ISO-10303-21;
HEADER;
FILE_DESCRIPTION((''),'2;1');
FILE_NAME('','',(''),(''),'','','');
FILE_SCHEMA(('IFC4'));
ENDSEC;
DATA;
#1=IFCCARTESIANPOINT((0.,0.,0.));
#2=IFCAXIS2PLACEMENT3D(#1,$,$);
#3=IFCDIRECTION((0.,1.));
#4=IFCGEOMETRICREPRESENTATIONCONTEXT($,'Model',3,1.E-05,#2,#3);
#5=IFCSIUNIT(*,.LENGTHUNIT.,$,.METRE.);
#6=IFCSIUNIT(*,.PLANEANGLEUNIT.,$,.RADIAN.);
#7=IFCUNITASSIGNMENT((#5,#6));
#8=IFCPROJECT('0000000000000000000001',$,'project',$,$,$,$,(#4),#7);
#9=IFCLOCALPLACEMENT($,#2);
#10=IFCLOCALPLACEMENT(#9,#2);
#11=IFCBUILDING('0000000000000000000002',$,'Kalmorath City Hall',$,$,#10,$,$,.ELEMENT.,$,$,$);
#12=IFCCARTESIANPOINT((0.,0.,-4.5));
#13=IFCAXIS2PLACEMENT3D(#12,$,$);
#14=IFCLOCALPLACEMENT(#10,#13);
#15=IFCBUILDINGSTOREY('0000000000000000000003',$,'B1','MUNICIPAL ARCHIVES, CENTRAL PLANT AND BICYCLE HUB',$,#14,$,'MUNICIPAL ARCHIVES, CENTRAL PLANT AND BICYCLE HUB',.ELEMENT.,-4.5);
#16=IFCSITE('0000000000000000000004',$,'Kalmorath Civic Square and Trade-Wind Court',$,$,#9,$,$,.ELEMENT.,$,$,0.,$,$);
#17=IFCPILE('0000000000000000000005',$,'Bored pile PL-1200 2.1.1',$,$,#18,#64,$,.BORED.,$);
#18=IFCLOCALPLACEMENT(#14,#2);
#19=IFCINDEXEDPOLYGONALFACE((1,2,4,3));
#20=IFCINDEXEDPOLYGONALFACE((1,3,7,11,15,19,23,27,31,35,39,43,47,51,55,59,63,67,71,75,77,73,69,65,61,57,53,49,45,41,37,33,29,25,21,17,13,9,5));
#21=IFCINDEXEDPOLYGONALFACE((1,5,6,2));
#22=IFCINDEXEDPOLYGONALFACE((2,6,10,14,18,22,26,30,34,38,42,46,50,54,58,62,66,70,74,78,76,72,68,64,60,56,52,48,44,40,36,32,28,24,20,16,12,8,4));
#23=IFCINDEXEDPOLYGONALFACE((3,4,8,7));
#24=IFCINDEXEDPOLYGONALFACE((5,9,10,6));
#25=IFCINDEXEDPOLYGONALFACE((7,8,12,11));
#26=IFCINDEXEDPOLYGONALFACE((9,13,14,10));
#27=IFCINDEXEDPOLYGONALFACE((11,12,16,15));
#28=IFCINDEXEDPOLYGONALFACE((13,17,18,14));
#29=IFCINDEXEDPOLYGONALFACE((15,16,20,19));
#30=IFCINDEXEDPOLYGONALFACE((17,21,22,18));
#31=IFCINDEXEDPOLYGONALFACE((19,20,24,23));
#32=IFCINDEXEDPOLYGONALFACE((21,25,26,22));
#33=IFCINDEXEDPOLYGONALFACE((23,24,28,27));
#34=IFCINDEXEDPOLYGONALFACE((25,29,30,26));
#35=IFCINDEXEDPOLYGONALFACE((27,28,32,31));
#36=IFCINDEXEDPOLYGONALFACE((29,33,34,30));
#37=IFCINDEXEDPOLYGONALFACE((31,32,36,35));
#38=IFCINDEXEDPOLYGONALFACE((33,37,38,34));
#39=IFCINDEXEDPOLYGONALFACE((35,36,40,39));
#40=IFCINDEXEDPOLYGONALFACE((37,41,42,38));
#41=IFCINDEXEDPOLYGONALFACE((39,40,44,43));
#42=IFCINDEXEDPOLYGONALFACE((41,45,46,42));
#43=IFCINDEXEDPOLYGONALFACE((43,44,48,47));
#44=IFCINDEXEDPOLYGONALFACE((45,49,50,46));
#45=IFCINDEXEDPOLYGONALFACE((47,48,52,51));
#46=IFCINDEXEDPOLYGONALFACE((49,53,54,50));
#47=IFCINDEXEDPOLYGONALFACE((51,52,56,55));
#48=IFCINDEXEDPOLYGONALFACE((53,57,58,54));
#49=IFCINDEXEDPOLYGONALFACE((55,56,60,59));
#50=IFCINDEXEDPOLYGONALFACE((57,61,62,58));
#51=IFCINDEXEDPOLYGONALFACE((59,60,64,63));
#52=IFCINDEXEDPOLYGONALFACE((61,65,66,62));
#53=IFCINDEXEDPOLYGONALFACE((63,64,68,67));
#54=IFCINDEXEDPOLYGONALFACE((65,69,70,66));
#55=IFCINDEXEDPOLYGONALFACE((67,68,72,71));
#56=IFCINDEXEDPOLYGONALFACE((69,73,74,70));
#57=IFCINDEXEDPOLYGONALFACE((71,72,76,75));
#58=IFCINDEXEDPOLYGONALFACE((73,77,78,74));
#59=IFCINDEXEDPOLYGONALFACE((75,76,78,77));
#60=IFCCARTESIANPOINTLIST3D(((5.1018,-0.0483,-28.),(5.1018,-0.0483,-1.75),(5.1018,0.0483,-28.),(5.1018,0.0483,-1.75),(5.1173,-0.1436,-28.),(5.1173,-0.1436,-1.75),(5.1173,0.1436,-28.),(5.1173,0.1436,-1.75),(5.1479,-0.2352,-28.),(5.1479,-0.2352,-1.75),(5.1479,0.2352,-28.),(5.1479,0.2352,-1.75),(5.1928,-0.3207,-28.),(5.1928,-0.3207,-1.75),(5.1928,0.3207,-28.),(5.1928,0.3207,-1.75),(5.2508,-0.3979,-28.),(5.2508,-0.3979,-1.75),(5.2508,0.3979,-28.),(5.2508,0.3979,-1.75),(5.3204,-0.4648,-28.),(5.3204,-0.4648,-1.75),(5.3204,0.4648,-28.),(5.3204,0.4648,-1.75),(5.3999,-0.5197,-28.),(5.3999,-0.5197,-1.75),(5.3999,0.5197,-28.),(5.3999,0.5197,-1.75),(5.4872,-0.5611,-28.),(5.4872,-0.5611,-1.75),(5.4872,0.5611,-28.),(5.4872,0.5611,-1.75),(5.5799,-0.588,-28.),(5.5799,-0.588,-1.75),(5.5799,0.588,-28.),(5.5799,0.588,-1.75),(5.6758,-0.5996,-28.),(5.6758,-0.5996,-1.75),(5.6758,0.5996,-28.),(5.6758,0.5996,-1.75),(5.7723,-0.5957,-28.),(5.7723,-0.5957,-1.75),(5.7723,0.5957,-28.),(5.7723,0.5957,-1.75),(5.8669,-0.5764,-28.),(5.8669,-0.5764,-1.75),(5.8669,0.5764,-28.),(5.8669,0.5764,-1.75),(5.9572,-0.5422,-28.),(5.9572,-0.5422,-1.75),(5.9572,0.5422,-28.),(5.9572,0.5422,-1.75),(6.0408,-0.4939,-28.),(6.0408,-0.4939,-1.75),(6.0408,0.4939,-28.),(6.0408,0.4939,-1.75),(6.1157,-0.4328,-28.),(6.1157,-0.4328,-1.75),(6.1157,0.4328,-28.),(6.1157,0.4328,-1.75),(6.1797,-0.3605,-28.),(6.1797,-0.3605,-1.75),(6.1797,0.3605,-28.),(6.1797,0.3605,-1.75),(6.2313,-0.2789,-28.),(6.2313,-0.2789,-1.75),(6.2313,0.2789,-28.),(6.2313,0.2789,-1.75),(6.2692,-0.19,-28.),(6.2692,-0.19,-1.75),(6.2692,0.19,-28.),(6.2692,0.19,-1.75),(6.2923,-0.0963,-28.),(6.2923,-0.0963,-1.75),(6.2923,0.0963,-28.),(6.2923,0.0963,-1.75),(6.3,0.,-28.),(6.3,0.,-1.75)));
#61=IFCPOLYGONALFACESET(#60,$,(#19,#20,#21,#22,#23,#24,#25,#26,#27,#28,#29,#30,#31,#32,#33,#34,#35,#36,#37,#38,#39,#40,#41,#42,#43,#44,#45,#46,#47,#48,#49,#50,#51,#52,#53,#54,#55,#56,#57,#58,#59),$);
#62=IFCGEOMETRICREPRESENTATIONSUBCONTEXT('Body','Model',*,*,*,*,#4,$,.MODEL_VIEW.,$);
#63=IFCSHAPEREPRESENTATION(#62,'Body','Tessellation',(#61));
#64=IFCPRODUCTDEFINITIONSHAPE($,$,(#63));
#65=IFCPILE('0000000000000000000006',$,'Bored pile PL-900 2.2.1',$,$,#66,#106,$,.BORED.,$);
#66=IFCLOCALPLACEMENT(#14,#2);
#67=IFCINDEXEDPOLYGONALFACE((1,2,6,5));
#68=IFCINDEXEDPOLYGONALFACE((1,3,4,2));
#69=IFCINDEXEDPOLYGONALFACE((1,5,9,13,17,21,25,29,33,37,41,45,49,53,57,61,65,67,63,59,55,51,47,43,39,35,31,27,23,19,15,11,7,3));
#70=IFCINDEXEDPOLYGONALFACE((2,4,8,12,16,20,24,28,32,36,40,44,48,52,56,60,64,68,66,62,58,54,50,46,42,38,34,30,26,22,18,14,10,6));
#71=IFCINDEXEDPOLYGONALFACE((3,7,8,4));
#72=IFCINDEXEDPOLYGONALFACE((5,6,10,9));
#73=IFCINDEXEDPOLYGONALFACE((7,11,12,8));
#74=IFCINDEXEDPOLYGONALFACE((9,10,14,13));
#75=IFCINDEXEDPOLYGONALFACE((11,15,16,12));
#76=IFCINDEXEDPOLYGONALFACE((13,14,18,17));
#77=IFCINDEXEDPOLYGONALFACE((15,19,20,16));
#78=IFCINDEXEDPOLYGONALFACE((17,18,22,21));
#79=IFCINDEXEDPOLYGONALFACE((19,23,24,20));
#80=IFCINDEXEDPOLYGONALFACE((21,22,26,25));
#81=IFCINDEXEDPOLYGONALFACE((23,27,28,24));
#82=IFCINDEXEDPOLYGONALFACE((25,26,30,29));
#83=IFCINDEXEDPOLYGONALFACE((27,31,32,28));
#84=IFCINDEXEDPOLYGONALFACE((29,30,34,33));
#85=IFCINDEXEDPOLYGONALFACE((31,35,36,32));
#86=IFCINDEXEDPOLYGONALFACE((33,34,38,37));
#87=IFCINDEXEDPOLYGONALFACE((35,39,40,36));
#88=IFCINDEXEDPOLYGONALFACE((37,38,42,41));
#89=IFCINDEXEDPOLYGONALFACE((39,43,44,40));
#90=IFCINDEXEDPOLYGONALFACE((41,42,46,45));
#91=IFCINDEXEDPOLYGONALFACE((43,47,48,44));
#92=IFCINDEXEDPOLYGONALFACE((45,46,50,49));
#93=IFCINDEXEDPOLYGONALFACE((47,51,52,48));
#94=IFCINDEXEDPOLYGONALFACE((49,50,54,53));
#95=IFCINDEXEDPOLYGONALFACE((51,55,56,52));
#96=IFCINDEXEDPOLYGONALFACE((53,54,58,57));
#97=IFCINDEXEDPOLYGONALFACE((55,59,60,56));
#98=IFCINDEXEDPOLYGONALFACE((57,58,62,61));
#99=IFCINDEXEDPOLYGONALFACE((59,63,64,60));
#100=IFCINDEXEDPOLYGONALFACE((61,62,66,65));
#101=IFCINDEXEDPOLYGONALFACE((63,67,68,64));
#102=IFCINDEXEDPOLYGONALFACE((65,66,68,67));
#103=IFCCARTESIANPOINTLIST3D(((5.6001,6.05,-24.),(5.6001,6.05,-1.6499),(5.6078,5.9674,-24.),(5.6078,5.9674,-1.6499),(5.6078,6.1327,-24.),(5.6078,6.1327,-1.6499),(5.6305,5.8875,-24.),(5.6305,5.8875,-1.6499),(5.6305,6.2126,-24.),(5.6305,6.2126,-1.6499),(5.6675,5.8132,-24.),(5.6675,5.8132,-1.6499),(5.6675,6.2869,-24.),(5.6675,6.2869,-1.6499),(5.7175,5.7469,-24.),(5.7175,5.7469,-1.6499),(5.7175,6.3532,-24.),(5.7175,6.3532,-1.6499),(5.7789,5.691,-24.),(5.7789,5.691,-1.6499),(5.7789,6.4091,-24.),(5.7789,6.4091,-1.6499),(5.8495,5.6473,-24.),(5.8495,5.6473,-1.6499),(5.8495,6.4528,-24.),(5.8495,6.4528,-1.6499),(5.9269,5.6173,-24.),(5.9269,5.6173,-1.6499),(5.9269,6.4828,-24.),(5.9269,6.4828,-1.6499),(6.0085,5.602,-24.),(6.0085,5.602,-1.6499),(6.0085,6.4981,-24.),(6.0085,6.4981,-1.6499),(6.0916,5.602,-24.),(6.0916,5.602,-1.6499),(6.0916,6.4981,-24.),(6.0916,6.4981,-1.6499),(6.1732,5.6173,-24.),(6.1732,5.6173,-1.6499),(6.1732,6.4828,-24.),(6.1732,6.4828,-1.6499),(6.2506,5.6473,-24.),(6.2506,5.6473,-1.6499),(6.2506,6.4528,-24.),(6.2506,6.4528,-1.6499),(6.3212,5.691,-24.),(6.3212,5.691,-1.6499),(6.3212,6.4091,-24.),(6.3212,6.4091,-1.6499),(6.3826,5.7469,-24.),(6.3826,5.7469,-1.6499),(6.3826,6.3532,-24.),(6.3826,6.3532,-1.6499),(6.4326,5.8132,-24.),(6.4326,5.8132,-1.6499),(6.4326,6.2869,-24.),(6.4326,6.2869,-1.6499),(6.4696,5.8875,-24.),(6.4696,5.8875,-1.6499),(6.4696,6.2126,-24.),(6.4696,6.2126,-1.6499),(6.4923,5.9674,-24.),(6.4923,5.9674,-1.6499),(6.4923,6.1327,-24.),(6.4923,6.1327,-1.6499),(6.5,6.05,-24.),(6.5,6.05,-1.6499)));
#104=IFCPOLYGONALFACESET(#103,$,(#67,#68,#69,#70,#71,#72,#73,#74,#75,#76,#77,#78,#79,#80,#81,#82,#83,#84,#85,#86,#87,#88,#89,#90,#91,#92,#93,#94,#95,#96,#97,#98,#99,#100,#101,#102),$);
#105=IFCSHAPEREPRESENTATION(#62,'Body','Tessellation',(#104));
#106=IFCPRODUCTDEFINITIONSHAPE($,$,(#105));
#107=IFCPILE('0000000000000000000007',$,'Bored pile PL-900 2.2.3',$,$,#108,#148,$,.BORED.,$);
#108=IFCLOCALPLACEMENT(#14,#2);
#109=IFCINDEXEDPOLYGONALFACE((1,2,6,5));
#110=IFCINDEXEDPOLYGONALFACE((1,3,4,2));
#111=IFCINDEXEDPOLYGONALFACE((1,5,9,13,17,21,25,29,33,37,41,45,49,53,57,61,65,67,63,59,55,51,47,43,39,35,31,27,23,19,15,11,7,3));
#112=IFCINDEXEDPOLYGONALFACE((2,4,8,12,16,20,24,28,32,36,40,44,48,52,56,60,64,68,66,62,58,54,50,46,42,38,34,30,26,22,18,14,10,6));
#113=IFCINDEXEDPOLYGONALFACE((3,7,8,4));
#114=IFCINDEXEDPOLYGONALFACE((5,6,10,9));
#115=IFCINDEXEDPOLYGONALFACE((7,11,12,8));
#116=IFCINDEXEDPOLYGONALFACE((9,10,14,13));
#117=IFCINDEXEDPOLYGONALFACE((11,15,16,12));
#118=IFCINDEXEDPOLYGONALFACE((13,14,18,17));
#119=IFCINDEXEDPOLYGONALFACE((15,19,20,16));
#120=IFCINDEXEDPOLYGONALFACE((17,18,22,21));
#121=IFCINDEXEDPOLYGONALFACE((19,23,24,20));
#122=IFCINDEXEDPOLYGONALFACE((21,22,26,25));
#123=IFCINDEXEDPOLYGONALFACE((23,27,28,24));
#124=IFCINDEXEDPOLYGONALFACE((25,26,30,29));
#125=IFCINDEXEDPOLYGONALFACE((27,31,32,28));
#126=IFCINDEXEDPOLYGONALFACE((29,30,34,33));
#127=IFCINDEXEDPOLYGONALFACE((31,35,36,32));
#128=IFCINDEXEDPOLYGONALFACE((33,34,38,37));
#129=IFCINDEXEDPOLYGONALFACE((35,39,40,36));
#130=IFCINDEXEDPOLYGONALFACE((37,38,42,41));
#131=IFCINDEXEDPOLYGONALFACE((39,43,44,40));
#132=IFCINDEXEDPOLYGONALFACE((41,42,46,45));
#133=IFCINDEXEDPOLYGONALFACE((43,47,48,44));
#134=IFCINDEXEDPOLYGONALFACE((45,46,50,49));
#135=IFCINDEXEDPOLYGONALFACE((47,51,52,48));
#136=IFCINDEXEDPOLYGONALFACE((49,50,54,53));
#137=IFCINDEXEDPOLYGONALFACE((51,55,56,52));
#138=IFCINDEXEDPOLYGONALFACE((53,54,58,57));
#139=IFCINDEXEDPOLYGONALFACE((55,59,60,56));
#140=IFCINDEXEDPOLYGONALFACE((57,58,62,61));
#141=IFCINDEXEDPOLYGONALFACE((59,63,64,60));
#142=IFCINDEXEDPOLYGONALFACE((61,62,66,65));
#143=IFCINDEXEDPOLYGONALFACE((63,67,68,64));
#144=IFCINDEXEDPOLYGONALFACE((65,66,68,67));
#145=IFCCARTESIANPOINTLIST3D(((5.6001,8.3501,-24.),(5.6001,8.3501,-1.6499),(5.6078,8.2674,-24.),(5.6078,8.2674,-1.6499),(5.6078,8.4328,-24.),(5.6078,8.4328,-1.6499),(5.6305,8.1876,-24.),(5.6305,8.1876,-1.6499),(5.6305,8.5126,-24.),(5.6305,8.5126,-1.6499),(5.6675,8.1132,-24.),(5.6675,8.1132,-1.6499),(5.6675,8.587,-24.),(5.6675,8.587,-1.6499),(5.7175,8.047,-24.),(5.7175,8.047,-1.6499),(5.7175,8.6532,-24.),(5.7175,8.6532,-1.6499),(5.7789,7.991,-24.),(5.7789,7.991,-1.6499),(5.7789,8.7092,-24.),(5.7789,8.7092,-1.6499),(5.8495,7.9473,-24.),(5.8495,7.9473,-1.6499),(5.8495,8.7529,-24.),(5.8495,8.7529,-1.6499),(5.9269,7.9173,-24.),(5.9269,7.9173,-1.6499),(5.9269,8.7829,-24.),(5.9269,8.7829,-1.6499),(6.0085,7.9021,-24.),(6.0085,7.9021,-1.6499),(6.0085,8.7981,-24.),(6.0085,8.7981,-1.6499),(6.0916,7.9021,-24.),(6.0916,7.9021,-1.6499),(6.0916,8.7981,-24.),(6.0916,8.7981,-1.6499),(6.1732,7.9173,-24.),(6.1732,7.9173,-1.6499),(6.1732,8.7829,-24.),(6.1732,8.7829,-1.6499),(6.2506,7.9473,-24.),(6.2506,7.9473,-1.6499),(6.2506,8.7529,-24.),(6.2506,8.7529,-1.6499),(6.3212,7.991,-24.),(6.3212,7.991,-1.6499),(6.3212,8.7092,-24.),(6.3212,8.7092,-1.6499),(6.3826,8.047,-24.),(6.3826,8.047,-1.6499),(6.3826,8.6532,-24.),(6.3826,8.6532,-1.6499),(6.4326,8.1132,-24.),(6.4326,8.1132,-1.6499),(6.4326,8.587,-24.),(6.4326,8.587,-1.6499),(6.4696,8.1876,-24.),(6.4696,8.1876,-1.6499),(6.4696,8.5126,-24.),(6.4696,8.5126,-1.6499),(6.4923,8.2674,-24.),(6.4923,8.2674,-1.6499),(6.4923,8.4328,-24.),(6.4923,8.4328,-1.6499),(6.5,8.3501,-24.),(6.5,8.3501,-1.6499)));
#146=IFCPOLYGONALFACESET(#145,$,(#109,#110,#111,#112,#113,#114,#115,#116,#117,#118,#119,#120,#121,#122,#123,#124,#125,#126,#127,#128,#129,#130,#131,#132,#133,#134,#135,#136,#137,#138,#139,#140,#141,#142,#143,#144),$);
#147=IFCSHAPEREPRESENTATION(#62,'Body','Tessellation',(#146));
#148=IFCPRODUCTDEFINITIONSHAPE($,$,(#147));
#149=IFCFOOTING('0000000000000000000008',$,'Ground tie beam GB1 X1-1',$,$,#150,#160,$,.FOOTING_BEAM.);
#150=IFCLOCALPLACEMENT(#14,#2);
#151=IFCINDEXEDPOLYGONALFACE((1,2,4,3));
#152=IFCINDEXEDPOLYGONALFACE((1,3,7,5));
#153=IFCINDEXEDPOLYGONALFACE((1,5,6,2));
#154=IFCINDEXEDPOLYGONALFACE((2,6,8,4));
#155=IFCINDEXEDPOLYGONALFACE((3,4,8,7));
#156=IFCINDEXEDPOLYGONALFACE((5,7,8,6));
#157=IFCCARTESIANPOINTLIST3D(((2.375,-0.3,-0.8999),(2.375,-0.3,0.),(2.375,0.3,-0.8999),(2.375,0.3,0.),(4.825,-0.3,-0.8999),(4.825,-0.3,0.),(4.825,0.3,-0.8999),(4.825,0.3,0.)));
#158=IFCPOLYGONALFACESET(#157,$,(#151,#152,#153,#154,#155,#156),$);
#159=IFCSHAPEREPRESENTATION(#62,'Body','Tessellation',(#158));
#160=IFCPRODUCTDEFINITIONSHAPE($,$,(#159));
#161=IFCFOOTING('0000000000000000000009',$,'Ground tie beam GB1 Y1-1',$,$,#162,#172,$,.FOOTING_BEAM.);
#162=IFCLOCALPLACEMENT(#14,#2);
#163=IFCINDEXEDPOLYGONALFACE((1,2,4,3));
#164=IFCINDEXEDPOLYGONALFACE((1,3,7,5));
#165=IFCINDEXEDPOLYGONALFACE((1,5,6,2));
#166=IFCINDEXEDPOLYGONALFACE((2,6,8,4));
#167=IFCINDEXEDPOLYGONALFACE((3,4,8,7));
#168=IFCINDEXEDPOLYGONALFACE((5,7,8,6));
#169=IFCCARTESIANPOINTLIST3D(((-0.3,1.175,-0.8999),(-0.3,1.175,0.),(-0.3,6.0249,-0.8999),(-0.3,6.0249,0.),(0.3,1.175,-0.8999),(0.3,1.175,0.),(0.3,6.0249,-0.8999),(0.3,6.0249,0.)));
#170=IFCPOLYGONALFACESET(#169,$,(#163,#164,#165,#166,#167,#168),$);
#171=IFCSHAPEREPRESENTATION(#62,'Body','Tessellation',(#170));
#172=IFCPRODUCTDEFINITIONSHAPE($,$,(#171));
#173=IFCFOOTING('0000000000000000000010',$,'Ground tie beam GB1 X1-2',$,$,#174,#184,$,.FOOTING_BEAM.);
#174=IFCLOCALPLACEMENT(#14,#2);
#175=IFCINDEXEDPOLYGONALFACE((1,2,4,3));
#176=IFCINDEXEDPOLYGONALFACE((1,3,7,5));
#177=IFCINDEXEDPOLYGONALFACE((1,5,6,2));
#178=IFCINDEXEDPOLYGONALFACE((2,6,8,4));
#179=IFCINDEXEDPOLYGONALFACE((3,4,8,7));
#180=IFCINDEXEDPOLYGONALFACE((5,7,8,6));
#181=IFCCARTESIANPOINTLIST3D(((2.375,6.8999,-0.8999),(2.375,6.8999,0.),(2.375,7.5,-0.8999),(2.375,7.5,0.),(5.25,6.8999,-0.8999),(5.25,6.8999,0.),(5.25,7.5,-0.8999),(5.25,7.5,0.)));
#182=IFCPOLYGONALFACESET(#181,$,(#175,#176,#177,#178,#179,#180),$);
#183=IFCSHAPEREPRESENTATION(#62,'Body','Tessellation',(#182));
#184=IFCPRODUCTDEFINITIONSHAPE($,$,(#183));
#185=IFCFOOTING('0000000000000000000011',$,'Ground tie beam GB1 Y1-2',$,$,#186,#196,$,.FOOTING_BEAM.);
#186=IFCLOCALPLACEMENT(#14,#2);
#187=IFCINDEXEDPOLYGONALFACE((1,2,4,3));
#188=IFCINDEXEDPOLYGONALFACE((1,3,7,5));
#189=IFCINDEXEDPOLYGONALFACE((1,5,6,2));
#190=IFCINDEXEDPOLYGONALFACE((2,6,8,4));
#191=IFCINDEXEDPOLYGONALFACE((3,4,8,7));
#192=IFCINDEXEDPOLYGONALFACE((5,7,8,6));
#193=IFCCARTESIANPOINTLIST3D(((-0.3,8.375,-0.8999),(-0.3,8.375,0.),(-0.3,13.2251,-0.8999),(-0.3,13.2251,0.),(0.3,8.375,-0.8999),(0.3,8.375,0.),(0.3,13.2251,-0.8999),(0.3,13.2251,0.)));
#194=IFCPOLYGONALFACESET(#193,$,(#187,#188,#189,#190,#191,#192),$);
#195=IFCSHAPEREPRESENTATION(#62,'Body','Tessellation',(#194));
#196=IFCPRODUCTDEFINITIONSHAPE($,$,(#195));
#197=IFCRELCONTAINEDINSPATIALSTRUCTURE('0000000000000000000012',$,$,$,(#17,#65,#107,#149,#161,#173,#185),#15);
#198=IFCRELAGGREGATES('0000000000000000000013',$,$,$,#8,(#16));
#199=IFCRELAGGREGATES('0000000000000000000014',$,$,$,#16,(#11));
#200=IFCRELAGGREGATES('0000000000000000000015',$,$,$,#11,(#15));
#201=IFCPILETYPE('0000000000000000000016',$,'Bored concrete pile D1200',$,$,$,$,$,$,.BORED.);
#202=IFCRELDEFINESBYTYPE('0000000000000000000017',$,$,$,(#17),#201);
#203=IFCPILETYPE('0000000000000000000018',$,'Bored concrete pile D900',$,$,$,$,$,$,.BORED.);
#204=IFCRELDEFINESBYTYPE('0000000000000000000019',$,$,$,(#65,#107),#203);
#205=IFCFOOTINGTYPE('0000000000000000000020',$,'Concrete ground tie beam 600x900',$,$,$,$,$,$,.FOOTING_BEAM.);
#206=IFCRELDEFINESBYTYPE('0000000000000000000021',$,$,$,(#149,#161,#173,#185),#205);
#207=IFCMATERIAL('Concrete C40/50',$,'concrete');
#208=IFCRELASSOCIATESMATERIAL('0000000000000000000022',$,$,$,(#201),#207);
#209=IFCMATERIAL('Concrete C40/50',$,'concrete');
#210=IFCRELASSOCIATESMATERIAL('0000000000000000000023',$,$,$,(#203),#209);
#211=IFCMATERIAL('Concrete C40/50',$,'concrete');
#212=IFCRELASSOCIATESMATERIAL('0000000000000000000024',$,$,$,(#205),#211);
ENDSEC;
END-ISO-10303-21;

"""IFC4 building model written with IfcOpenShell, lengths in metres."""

from ifc_helpers import new_model, si_unit, direction, frame, origin, origin_2d, place, context, subcontext, project, spatial, rectangle, circle, extrude, material, material_profile, profile_set, type_object, element, save


model = new_model("IFC4")

# Units and contexts
model_context = context("Model", 3, precision=1e-05, world=origin(), true_north=direction((0.0, 1.0)))
body_context = subcontext(model_context, "Body", "Model", "MODEL_VIEW")
ifc_project = project(units=[si_unit("LENGTHUNIT", "METRE"), si_unit("PLANEANGLEUNIT", "RADIAN")], contexts=[model_context])

# Site, building, storey
site_placement = place(None, origin())
site = spatial("IfcSite", under=ifc_project, at=site_placement, Name="Kalmorath Civic Square and Trade-Wind Court", CompositionType="ELEMENT", RefElevation=0.0)
building_placement = place(site_placement, origin())
building = spatial("IfcBuilding", under=site, at=building_placement, Name="Kalmorath City Hall", CompositionType="ELEMENT")
storey_placement = place(building_placement, frame((0.0, 0.0, -4.5)))
storey = spatial("IfcBuildingStorey", under=building, at=storey_placement, Name="B1", Description="MUNICIPAL ARCHIVES, CENTRAL PLANT AND BICYCLE HUB", LongName="MUNICIPAL ARCHIVES, CENTRAL PLANT AND BICYCLE HUB", CompositionType="ELEMENT", Elevation=-4.5)

# Piles
ifc_material_1 = material(Name="Concrete C40/50", Category="concrete")
ifc_material_profile_1 = material_profile(ifc_material_1, circle(Radius=0.6001, at=origin_2d()), Name="PILE-D1200")
ifc_profile_set_1 = profile_set([ifc_material_profile_1], Name="Concrete C40/50")
pile_type_1 = type_object("IfcPileType", Name="Bored concrete pile D1200", PredefinedType="BORED", material=ifc_profile_set_1)
for number, where, z_axis, x_axis, name in (
    (1, (5.7, 0.0, -1.75), (0.0, 0.0, -1.0), (1.0, 0.0, 0.0), "Bored pile PL-1200 2.1.1"),
):
    element("IfcPile", number, at=place(storey_placement, frame(where, z_axis=z_axis, x_axis=x_axis)), inside=storey, type_object=pile_type_1, Name=name, PredefinedType="BORED", context=body_context, shape_type="SweptSolid", body=[
        extrude(circle(Radius=0.6001, at=origin_2d()), origin(), (0.0, 0.0, 1.0), 26.25),
    ])
ifc_material_2 = material(Name="Concrete C40/50", Category="concrete")
ifc_material_profile_2 = material_profile(ifc_material_2, circle(Radius=0.45, at=origin_2d()), Name="PILE-D900")
ifc_profile_set_2 = profile_set([ifc_material_profile_2], Name="Concrete C40/50")
pile_type_2 = type_object("IfcPileType", Name="Bored concrete pile D900", PredefinedType="BORED", material=ifc_profile_set_2)
for number, where, z_axis, x_axis, name in (
    (2, (6.05, 6.05, -1.6499), (0.0, 0.0, -1.0), (1.0, 0.0, 0.0), "Bored pile PL-900 2.2.1"),
    (3, (6.05, 8.3501, -1.6499), (0.0, 0.0, -1.0), (1.0, 0.0, 0.0), "Bored pile PL-900 2.2.3"),
):
    element("IfcPile", number, at=place(storey_placement, frame(where, z_axis=z_axis, x_axis=x_axis)), inside=storey, type_object=pile_type_2, Name=name, PredefinedType="BORED", context=body_context, shape_type="SweptSolid", body=[
        extrude(circle(Radius=0.45, at=origin_2d()), origin(), (0.0, 0.0, 1.0), 22.3501),
    ])

# Footings
ifc_material_3 = material(Name="Concrete C40/50", Category="concrete")
ifc_material_profile_3 = material_profile(ifc_material_3, rectangle(XDim=0.6001, YDim=0.8999, at=origin_2d()), Name="RC-BM-600X900")
ifc_profile_set_3 = profile_set([ifc_material_profile_3], Name="Concrete C40/50")
footing_type_1 = type_object("IfcFootingType", Name="Concrete ground tie beam 600x900", PredefinedType="FOOTING_BEAM", material=ifc_profile_set_3)
footing_1_placement = place(storey_placement, frame((2.375, 0.0, -0.45), z_axis=(1.0, 0.0, 0.0), x_axis=(0.0, 1.0, 0.0)))
element("IfcFooting", 4, at=footing_1_placement, inside=storey, type_object=footing_type_1, Name="Ground tie beam GB1 X1-1", PredefinedType="FOOTING_BEAM", context=body_context, shape_type="SweptSolid", body=[
    extrude(rectangle(XDim=0.6001, YDim=0.8999, at=origin_2d()), origin(), (0.0, 0.0, 1.0), 2.45),
])
footing_2_placement = place(storey_placement, frame((0.0, 1.175, -0.45), z_axis=(0.0, 1.0, 0.0), x_axis=(-1.0, 0.0, 0.0)))
element("IfcFooting", 5, at=footing_2_placement, inside=storey, type_object=footing_type_1, Name="Ground tie beam GB1 Y1-1", PredefinedType="FOOTING_BEAM", context=body_context, shape_type="SweptSolid", body=[
    extrude(rectangle(XDim=0.6001, YDim=0.8999, at=origin_2d()), origin(), (0.0, 0.0, 1.0), 4.8499),
])
footing_3_placement = place(storey_placement, frame((2.375, 7.2, -0.45), z_axis=(1.0, 0.0, 0.0), x_axis=(0.0, 1.0, 0.0)))
element("IfcFooting", 6, at=footing_3_placement, inside=storey, type_object=footing_type_1, Name="Ground tie beam GB1 X1-2", PredefinedType="FOOTING_BEAM", context=body_context, shape_type="SweptSolid", body=[
    extrude(rectangle(XDim=0.6001, YDim=0.8999, at=origin_2d()), origin(), (0.0, 0.0, 1.0), 2.875),
])
footing_4_placement = place(storey_placement, frame((0.0, 8.375, -0.45), z_axis=(0.0, 1.0, 0.0), x_axis=(-1.0, 0.0, 0.0)))
element("IfcFooting", 7, at=footing_4_placement, inside=storey, type_object=footing_type_1, Name="Ground tie beam GB1 Y1-2", PredefinedType="FOOTING_BEAM", context=body_context, shape_type="SweptSolid", body=[
    extrude(rectangle(XDim=0.6001, YDim=0.8999, at=origin_2d()), origin(), (0.0, 0.0, 1.0), 4.8501),
])

save(model, "model.ifc")
